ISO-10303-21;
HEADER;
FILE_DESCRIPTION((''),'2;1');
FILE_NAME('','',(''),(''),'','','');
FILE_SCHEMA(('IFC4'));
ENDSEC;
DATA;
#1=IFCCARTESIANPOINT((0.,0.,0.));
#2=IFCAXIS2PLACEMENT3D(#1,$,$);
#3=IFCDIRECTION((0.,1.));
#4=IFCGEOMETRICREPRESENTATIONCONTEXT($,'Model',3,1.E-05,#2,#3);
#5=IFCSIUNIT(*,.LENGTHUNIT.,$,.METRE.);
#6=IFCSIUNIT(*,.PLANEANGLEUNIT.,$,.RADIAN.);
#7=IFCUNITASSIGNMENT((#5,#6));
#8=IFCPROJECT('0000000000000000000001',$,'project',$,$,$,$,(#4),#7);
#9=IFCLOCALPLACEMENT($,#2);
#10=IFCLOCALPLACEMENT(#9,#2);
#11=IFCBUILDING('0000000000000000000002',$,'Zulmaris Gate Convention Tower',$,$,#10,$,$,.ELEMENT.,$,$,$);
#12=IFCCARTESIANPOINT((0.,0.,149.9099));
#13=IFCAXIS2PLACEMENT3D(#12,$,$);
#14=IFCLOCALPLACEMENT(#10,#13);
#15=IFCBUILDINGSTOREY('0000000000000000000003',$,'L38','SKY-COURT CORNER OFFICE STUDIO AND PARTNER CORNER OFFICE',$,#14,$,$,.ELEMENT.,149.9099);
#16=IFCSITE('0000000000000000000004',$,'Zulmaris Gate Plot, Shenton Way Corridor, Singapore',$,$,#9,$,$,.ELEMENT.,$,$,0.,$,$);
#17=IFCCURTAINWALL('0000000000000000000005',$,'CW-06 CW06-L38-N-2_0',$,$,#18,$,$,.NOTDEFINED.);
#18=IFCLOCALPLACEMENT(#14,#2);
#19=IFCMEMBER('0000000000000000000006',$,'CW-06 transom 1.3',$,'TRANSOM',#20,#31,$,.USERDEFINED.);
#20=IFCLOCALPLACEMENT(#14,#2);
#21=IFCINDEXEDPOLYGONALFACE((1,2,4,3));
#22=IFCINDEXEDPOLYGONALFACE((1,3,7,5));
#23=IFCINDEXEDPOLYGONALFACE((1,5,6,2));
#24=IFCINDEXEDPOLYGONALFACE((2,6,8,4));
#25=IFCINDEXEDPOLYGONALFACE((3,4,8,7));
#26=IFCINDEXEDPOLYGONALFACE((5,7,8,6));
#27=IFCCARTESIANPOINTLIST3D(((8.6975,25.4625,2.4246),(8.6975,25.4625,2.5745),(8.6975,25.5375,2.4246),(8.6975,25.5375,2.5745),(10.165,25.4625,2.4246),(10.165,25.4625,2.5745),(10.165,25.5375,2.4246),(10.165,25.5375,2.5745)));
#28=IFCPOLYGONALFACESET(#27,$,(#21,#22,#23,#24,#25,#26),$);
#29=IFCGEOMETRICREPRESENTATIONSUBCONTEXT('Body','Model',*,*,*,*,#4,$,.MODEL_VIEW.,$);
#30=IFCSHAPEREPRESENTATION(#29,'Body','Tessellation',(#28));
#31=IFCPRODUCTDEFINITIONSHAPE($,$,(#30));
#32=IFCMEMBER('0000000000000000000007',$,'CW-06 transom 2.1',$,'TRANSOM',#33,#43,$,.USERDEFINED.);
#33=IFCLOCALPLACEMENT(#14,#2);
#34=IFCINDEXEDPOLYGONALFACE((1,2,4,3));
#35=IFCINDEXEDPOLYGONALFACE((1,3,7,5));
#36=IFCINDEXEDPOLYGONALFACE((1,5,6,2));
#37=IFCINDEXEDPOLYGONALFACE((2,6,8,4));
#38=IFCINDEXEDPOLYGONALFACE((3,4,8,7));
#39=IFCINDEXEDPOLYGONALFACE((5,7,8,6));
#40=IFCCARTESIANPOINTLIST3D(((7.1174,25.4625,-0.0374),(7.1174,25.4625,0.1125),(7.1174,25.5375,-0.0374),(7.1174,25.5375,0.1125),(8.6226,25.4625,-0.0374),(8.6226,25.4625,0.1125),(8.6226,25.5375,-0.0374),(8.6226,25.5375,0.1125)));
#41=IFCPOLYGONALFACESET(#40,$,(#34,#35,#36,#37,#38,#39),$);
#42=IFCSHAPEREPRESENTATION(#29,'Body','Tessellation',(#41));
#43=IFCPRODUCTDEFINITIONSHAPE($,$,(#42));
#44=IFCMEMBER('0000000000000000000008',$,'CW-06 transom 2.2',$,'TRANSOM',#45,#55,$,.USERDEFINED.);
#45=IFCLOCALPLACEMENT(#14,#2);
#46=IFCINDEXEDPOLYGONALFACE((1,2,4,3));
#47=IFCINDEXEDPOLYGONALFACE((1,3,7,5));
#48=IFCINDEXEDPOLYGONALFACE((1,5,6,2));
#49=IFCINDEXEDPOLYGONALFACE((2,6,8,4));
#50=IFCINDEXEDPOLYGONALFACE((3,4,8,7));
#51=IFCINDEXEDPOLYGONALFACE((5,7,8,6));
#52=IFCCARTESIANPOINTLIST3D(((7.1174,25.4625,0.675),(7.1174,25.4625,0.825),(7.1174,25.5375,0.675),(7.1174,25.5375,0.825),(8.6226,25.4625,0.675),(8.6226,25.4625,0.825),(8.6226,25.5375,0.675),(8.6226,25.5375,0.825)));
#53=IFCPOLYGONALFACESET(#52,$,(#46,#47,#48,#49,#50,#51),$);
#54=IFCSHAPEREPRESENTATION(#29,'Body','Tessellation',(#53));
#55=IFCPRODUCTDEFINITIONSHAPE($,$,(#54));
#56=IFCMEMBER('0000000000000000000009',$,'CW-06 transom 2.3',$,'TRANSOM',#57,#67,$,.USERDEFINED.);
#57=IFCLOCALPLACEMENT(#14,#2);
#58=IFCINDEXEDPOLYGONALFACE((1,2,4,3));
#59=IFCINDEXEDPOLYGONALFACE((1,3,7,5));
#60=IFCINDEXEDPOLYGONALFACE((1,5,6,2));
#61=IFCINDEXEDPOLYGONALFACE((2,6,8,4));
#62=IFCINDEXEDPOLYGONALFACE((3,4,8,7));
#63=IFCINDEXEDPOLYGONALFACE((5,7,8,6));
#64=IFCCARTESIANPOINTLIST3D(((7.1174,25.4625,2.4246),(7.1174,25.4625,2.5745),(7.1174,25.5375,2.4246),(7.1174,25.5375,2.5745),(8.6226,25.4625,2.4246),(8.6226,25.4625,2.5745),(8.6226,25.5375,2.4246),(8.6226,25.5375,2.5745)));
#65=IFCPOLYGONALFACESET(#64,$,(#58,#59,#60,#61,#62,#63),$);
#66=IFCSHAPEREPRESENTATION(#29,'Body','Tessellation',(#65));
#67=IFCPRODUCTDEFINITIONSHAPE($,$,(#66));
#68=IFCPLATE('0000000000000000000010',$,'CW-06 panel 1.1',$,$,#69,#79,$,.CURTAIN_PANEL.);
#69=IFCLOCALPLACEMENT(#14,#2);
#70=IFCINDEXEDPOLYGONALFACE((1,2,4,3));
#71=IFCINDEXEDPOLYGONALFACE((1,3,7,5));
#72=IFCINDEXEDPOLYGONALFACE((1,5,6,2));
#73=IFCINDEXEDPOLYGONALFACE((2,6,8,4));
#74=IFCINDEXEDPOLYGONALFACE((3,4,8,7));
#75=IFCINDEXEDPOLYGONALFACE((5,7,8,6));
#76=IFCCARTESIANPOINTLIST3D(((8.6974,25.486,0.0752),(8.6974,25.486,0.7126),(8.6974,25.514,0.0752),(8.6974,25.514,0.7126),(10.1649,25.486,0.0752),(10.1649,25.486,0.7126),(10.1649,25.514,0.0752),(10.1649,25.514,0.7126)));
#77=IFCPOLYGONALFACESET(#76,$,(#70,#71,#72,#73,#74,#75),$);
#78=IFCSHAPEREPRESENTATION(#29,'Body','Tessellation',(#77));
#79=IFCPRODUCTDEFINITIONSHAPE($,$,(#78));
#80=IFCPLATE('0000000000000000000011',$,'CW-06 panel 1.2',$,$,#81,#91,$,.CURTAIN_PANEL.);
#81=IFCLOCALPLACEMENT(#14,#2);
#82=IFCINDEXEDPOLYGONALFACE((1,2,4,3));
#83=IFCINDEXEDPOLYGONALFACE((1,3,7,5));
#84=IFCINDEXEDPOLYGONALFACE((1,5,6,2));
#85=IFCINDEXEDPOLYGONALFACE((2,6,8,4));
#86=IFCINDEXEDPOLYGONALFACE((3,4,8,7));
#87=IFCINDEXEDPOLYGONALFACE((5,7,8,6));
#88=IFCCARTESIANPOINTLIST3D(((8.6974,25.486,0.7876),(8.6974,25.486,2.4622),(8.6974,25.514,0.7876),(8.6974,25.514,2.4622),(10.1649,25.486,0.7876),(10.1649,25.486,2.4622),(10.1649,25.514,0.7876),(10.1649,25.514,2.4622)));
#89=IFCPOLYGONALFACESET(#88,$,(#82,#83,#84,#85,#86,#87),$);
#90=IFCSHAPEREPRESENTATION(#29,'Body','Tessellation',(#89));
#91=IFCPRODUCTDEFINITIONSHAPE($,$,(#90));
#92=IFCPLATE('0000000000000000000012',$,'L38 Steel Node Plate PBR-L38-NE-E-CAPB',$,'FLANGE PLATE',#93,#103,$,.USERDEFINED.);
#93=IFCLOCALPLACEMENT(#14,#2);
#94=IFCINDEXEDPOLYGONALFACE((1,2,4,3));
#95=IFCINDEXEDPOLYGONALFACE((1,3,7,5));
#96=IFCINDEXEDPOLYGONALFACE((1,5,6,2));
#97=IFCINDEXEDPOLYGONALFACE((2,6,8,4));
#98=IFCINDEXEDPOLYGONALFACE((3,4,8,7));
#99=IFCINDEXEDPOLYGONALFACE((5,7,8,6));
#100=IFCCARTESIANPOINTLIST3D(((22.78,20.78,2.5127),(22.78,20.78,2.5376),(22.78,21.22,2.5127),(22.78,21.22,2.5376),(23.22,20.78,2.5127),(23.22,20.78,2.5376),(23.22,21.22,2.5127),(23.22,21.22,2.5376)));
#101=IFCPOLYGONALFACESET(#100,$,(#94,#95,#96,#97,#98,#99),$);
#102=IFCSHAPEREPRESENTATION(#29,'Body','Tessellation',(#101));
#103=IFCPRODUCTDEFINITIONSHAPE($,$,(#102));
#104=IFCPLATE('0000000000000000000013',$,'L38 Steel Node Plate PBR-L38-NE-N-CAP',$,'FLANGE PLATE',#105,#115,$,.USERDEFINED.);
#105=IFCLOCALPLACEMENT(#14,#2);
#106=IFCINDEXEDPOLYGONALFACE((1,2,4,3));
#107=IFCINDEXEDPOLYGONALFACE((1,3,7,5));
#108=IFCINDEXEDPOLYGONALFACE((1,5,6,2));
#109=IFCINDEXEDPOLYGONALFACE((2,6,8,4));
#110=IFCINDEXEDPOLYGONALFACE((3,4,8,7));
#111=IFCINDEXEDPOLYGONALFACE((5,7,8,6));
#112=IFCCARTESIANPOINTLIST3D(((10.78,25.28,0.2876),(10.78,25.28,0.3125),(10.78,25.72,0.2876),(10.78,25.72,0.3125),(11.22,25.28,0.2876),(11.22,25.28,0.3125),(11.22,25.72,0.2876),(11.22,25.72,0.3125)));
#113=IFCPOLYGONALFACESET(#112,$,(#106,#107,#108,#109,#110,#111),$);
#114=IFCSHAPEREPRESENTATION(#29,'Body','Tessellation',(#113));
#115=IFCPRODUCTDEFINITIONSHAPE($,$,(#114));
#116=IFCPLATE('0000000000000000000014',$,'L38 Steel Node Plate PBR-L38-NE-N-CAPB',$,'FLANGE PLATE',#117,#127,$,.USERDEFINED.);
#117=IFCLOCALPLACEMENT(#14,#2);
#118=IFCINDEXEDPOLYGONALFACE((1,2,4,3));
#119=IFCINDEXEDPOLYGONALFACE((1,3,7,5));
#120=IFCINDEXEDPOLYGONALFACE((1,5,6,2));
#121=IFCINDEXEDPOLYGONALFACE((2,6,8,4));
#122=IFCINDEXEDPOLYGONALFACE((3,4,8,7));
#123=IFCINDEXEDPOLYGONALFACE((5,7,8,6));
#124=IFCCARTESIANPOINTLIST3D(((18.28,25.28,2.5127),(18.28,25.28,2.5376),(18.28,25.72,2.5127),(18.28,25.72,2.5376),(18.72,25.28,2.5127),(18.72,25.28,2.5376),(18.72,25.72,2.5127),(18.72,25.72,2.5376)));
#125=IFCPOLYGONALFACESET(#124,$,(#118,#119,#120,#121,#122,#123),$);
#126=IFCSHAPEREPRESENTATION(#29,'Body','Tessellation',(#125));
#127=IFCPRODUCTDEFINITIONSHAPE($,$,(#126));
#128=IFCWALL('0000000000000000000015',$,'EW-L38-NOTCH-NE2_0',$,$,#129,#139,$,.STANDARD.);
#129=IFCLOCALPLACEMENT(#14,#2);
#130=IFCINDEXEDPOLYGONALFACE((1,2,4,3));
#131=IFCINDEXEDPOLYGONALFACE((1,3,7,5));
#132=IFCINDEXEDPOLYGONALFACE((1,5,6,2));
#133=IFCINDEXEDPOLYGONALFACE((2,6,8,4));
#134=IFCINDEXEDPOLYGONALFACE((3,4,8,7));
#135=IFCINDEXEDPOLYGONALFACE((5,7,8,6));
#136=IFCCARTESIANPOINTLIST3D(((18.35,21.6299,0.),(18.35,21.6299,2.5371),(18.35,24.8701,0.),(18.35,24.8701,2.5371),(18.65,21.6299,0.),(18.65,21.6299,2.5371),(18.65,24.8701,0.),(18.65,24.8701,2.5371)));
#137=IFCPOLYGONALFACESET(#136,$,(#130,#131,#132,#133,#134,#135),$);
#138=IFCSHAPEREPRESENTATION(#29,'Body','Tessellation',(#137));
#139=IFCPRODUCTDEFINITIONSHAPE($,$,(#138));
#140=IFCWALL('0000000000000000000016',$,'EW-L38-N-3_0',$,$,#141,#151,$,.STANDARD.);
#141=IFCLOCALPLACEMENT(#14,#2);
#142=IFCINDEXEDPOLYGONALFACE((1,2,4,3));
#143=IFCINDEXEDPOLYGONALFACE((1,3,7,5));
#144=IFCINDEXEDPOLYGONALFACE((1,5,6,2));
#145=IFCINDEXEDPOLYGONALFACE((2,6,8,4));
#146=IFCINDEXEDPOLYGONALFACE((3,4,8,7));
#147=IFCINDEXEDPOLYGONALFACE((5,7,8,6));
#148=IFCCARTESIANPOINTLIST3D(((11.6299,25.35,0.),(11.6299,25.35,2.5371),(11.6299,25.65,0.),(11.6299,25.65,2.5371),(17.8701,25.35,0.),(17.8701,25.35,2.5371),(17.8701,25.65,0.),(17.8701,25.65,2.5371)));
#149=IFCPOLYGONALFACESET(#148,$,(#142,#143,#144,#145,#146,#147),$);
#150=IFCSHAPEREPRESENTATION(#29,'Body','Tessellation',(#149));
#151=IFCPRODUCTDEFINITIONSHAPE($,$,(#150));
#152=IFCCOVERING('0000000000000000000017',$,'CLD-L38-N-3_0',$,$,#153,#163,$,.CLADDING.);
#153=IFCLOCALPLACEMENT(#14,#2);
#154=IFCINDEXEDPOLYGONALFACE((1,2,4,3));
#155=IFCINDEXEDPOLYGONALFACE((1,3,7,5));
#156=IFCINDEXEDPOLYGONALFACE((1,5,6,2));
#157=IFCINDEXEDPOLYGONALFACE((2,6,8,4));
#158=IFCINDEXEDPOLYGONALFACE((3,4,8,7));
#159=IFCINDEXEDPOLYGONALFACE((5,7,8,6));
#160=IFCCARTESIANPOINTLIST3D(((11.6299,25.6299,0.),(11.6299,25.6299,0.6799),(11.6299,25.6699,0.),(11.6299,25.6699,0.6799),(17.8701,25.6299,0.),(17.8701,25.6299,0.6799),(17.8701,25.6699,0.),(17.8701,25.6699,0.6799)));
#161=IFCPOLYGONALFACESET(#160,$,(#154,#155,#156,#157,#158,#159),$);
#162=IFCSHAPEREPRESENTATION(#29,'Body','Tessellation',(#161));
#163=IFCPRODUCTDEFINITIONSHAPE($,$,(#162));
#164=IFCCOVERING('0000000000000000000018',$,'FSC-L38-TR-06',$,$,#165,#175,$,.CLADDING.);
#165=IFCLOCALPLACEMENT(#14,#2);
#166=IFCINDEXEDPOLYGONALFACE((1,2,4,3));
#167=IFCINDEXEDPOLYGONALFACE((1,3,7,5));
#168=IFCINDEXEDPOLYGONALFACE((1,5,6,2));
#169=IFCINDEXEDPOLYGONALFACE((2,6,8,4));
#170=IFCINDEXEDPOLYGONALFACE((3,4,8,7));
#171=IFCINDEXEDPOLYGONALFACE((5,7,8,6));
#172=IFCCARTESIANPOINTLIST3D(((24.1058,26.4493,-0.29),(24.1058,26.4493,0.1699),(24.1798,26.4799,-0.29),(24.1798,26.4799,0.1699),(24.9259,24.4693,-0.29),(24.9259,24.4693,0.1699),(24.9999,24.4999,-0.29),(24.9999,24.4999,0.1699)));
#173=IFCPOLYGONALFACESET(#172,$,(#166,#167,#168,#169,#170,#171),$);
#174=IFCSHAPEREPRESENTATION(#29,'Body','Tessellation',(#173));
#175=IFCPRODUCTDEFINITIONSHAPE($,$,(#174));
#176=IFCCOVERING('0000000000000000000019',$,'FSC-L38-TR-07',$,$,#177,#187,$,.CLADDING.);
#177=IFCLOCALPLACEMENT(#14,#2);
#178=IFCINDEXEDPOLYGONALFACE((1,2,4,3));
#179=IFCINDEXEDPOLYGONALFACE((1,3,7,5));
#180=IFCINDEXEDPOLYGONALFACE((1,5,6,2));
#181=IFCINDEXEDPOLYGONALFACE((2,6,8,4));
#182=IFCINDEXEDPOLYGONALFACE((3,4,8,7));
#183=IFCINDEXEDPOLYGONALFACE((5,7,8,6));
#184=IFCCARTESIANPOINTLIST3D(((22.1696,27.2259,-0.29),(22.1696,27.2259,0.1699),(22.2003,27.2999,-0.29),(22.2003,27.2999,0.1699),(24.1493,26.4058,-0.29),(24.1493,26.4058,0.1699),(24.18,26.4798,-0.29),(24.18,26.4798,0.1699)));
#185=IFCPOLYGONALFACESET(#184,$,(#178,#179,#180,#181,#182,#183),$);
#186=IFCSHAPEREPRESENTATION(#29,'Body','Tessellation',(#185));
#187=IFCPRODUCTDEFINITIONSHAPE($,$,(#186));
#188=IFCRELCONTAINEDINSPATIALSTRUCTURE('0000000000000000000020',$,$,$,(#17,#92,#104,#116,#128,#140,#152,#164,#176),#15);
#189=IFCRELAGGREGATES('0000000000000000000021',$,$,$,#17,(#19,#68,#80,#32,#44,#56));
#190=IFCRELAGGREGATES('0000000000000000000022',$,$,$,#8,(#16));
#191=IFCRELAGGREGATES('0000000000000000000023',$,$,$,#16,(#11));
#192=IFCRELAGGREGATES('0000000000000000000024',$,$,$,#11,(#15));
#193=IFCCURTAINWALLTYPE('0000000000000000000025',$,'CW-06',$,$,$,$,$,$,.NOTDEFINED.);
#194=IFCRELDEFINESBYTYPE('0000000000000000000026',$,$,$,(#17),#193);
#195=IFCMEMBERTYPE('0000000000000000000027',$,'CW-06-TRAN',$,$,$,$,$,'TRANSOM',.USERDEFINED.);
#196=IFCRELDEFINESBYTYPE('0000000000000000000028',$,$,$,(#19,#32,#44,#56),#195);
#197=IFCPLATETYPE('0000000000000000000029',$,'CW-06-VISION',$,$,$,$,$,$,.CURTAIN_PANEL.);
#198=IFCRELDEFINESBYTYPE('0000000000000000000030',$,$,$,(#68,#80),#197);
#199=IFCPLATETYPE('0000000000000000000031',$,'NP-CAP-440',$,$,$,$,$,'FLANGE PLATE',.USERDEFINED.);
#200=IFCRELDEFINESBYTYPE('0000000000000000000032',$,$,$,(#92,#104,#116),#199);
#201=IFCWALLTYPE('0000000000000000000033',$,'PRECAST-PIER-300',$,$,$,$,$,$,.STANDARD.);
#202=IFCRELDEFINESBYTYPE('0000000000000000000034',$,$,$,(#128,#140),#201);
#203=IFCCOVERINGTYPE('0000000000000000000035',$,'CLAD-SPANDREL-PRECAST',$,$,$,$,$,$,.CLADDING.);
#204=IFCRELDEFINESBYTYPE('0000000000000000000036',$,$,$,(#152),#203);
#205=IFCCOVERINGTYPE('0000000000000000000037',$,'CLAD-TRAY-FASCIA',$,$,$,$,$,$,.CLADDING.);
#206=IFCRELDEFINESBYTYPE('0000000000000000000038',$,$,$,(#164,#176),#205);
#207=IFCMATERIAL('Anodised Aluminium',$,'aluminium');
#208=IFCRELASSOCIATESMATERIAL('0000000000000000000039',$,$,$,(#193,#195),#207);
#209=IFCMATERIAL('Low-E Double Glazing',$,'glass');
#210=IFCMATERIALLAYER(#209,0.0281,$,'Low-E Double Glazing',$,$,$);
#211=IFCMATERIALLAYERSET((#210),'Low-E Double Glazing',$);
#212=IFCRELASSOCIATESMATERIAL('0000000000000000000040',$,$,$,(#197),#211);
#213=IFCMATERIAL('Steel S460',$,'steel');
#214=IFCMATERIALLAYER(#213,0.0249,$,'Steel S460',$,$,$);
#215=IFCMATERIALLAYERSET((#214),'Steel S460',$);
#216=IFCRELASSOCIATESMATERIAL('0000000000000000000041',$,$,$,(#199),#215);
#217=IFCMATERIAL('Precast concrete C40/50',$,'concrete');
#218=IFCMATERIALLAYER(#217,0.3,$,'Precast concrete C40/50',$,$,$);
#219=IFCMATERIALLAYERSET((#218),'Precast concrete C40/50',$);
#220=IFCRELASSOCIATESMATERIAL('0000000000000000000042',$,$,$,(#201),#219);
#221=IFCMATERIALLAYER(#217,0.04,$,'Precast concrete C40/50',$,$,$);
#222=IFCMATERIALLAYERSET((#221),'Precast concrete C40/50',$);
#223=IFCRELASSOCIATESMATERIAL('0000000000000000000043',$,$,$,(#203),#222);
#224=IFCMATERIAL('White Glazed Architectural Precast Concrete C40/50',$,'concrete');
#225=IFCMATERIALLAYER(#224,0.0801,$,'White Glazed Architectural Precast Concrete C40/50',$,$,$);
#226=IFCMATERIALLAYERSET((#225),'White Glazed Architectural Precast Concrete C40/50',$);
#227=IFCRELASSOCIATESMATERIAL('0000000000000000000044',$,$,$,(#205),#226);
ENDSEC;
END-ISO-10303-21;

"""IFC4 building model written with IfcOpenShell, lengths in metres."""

from ifc_helpers import new_model, si_unit, direction, frame, frame_2d, origin, origin_2d, place, context, subcontext, project, spatial, rectangle, extrude, material, layer, layer_set, material_profile, profile_set, type_object, element, aggregate, save


model = new_model("IFC4")

# Units and contexts
model_context = context("Model", 3, precision=1e-05, world=origin(), true_north=direction((0.0, 1.0)))
body_context = subcontext(model_context, "Body", "Model", "MODEL_VIEW")
ifc_project = project(units=[si_unit("LENGTHUNIT", "METRE"), si_unit("PLANEANGLEUNIT", "RADIAN")], contexts=[model_context])

# Site, building, storey
site_placement = place(None, origin())
site = spatial("IfcSite", under=ifc_project, at=site_placement, Name="Zulmaris Gate Plot, Shenton Way Corridor, Singapore", CompositionType="ELEMENT", RefElevation=0.0)
building_placement = place(site_placement, origin())
building = spatial("IfcBuilding", under=site, at=building_placement, Name="Zulmaris Gate Convention Tower", CompositionType="ELEMENT")
storey_placement = place(building_placement, frame((0.0, 0.0, 149.9099)))
storey = spatial("IfcBuildingStorey", under=building, at=storey_placement, Name="L38", Description="SKY-COURT CORNER OFFICE STUDIO AND PARTNER CORNER OFFICE", CompositionType="ELEMENT", Elevation=149.9099)

# Shared definitions
ifc_material_1 = material(Name="Steel S460", Category="steel")

# Curtain wall, members, plates
ifc_material_2 = material(Name="Anodised Aluminium", Category="aluminium")
curtain_wall_type = type_object("IfcCurtainWallType", Name="CW-06", PredefinedType="NOTDEFINED", material=ifc_material_2)
curtain_wall_placement = place(storey_placement, origin())
curtain_wall = element("IfcCurtainWall", 1, at=curtain_wall_placement, inside=storey, type_object=curtain_wall_type, Name="CW-06 CW06-L38-N-2_0", PredefinedType="NOTDEFINED")
ifc_material_profile_1 = material_profile(ifc_material_2, rectangle(XDim=0.075, YDim=0.1499, at=origin_2d()), Name="ALU TRANSOM 75x150")
ifc_profile_set_1 = profile_set([ifc_material_profile_1], Name="Anodised Aluminium")
member_type_1 = type_object("IfcMemberType", Name="CW-06-TRAN", ElementType="TRANSOM", PredefinedType="USERDEFINED", material=ifc_profile_set_1)
member_1_placement = place(storey_placement, frame((10.165, 25.5, 2.4995), z_axis=(-1.0, 0.0, 0.0), x_axis=(0.0, -1.0, 0.0)))
member_1 = element("IfcMember", 2, at=member_1_placement, type_object=member_type_1, Name="CW-06 transom 1.3", ObjectType="TRANSOM", PredefinedType="USERDEFINED", context=body_context, shape_type="SweptSolid", body=[
    extrude(rectangle(XDim=0.075, YDim=0.1499, at=origin_2d()), origin(), (0.0, 0.0, 1.0), 1.4675),
])
member_2_placement = place(storey_placement, frame((8.6226, 25.5, 0.0376), z_axis=(-1.0, 0.0, 0.0), x_axis=(0.0, -1.0, 0.0)))
member_2 = element("IfcMember", 3, at=member_2_placement, type_object=member_type_1, Name="CW-06 transom 2.1", ObjectType="TRANSOM", PredefinedType="USERDEFINED", context=body_context, shape_type="SweptSolid", body=[
    extrude(rectangle(XDim=0.075, YDim=0.1499, at=origin_2d()), origin(), (0.0, 0.0, 1.0), 1.5051),
])
member_3_placement = place(storey_placement, frame((8.6226, 25.5, 0.75), z_axis=(-1.0, 0.0, 0.0), x_axis=(0.0, -1.0, 0.0)))
member_3 = element("IfcMember", 4, at=member_3_placement, type_object=member_type_1, Name="CW-06 transom 2.2", ObjectType="TRANSOM", PredefinedType="USERDEFINED", context=body_context, shape_type="SweptSolid", body=[
    extrude(rectangle(XDim=0.075, YDim=0.1499, at=origin_2d()), origin(), (0.0, 0.0, 1.0), 1.5051),
])
member_4_placement = place(storey_placement, frame((8.6226, 25.5, 2.4995), z_axis=(-1.0, 0.0, 0.0), x_axis=(0.0, -1.0, 0.0)))
member_4 = element("IfcMember", 5, at=member_4_placement, type_object=member_type_1, Name="CW-06 transom 2.3", ObjectType="TRANSOM", PredefinedType="USERDEFINED", context=body_context, shape_type="SweptSolid", body=[
    extrude(rectangle(XDim=0.075, YDim=0.1499, at=origin_2d()), origin(), (0.0, 0.0, 1.0), 1.5051),
])
ifc_material_3 = material(Name="Low-E Double Glazing", Category="glass")
ifc_layer_1 = layer(ifc_material_3, 0.0281, Name="Low-E Double Glazing")
ifc_layer_set_1 = layer_set([ifc_layer_1], Name="Low-E Double Glazing")
plate_type_1 = type_object("IfcPlateType", Name="CW-06-VISION", PredefinedType="CURTAIN_PANEL", material=ifc_layer_set_1)
plate_1_placement = place(storey_placement, frame((9.4312, 25.5, 0.0752), z_axis=(0.0, 0.0, 1.0), x_axis=(-1.0, 0.0, 0.0)))
plate_1 = element("IfcPlate", 6, at=plate_1_placement, type_object=plate_type_1, Name="CW-06 panel 1.1", PredefinedType="CURTAIN_PANEL", context=body_context, shape_type="SweptSolid", body=[
    extrude(rectangle(XDim=1.4675, YDim=0.0281, at=origin_2d()), origin(), (0.0, 0.0, 1.0), 0.6375),
])
plate_2_placement = place(storey_placement, frame((9.4312, 25.5, 0.7876), z_axis=(0.0, 0.0, 1.0), x_axis=(-1.0, 0.0, 0.0)))
plate_2 = element("IfcPlate", 7, at=plate_2_placement, type_object=plate_type_1, Name="CW-06 panel 1.2", PredefinedType="CURTAIN_PANEL", context=body_context, shape_type="SweptSolid", body=[
    extrude(rectangle(XDim=1.4675, YDim=0.0281, at=origin_2d()), origin(), (0.0, 0.0, 1.0), 1.6746),
])
aggregate(curtain_wall, [member_1, plate_1, plate_2, member_2, member_3, member_4])

# Plates
ifc_layer_2 = layer(ifc_material_1, 0.0249, Name="Steel S460")
ifc_layer_set_2 = layer_set([ifc_layer_2], Name="Steel S460")
plate_type_2 = type_object("IfcPlateType", Name="NP-CAP-440", ElementType="FLANGE PLATE", PredefinedType="USERDEFINED", material=ifc_layer_set_2)
for number, where, z_axis, x_axis, name in (
    (8, (23.0, 21.0, 2.5127), (0.0, 0.0, 1.0), (1.0, 0.0, 0.0), "L38 Steel Node Plate PBR-L38-NE-E-CAPB"),
    (9, (11.0, 25.5, 0.2876), (0.0, 0.0, 1.0), (1.0, 0.0, 0.0), "L38 Steel Node Plate PBR-L38-NE-N-CAP"),
    (10, (18.5, 25.5, 2.5127), (0.0, 0.0, 1.0), (1.0, 0.0, 0.0), "L38 Steel Node Plate PBR-L38-NE-N-CAPB"),
):
    element("IfcPlate", number, at=place(storey_placement, frame(where, z_axis=z_axis, x_axis=x_axis)), inside=storey, type_object=plate_type_2, Name=name, ObjectType="FLANGE PLATE", PredefinedType="USERDEFINED", context=body_context, shape_type="SweptSolid", body=[
        extrude(rectangle(XDim=0.4399, YDim=0.4399, at=origin_2d()), origin(), (0.0, 0.0, 1.0), 0.0249),
    ])

# Walls
ifc_material_4 = material(Name="Precast concrete C40/50", Category="concrete")
ifc_layer_3 = layer(ifc_material_4, 0.3, Name="Precast concrete C40/50")
ifc_layer_set_3 = layer_set([ifc_layer_3], Name="Precast concrete C40/50")
wall_type = type_object("IfcWallType", Name="PRECAST-PIER-300", PredefinedType="STANDARD", material=ifc_layer_set_3)
wall_1_placement = place(storey_placement, frame((18.5, 21.6299, 0.0), z_axis=(0.0, 0.0, 1.0), x_axis=(0.0, 1.0, 0.0)))
element("IfcWall", 11, at=wall_1_placement, inside=storey, type_object=wall_type, Name="EW-L38-NOTCH-NE2_0", PredefinedType="STANDARD", context=body_context, shape_type="SweptSolid", body=[
    extrude(rectangle(XDim=3.2402, YDim=0.3, at=frame_2d((1.6201, 0.0))), origin(), (0.0, 0.0, 1.0), 2.5371),
])
wall_2_placement = place(storey_placement, frame((17.8701, 25.5, 0.0), z_axis=(0.0, 0.0, 1.0), x_axis=(-1.0, 0.0, 0.0)))
element("IfcWall", 12, at=wall_2_placement, inside=storey, type_object=wall_type, Name="EW-L38-N-3_0", PredefinedType="STANDARD", context=body_context, shape_type="SweptSolid", body=[
    extrude(rectangle(XDim=6.2402, YDim=0.3, at=frame_2d((3.1201, 0.0))), origin(), (0.0, 0.0, 1.0), 2.5371),
])

# Coverings
ifc_layer_4 = layer(ifc_material_4, 0.04, Name="Precast concrete C40/50")
ifc_layer_set_4 = layer_set([ifc_layer_4], Name="Precast concrete C40/50")
covering_type_1 = type_object("IfcCoveringType", Name="CLAD-SPANDREL-PRECAST", PredefinedType="CLADDING", material=ifc_layer_set_4)
covering_1_placement = place(storey_placement, frame((17.8701, 25.6499, 0.0), z_axis=(0.0, 0.0, 1.0), x_axis=(-1.0, 0.0, 0.0)))
element("IfcCovering", 13, at=covering_1_placement, inside=storey, type_object=covering_type_1, Name="CLD-L38-N-3_0", PredefinedType="CLADDING", context=body_context, shape_type="SweptSolid", body=[
    extrude(rectangle(XDim=6.2402, YDim=0.04, at=frame_2d((3.1201, 0.0))), origin(), (0.0, 0.0, 1.0), 0.6799),
])
ifc_material_5 = material(Name="White Glazed Architectural Precast Concrete C40/50", Category="concrete")
ifc_layer_5 = layer(ifc_material_5, 0.0801, Name="White Glazed Architectural Precast Concrete C40/50")
ifc_layer_set_5 = layer_set([ifc_layer_5], Name="White Glazed Architectural Precast Concrete C40/50")
covering_type_2 = type_object("IfcCoveringType", Name="CLAD-TRAY-FASCIA", PredefinedType="CLADDING", material=ifc_layer_set_5)
covering_2_placement = place(storey_placement, frame((24.9629, 24.4846, -0.29), z_axis=(0.0, 0.0, 1.0), x_axis=(-0.382657, 0.92389, 0.0)))
element("IfcCovering", 14, at=covering_2_placement, inside=storey, type_object=covering_type_2, Name="FSC-L38-TR-06", PredefinedType="CLADDING", context=body_context, shape_type="SweptSolid", body=[
    extrude(rectangle(XDim=2.1431, YDim=0.0801, at=frame_2d((1.0715, 0.0))), origin(), (0.0, 0.0, 1.0), 0.46),
])
covering_3_placement = place(storey_placement, frame((24.1646, 26.4429, -0.29), z_axis=(0.0, 0.0, 1.0), x_axis=(-0.923874, 0.382697, 0.0)))
element("IfcCovering", 15, at=covering_3_placement, inside=storey, type_object=covering_type_2, Name="FSC-L38-TR-07", PredefinedType="CLADDING", context=body_context, shape_type="SweptSolid", body=[
    extrude(rectangle(XDim=2.1428, YDim=0.0801, at=frame_2d((1.0713, 0.0))), origin(), (0.0, 0.0, 1.0), 0.46),
])

save(model, "model.ifc")
